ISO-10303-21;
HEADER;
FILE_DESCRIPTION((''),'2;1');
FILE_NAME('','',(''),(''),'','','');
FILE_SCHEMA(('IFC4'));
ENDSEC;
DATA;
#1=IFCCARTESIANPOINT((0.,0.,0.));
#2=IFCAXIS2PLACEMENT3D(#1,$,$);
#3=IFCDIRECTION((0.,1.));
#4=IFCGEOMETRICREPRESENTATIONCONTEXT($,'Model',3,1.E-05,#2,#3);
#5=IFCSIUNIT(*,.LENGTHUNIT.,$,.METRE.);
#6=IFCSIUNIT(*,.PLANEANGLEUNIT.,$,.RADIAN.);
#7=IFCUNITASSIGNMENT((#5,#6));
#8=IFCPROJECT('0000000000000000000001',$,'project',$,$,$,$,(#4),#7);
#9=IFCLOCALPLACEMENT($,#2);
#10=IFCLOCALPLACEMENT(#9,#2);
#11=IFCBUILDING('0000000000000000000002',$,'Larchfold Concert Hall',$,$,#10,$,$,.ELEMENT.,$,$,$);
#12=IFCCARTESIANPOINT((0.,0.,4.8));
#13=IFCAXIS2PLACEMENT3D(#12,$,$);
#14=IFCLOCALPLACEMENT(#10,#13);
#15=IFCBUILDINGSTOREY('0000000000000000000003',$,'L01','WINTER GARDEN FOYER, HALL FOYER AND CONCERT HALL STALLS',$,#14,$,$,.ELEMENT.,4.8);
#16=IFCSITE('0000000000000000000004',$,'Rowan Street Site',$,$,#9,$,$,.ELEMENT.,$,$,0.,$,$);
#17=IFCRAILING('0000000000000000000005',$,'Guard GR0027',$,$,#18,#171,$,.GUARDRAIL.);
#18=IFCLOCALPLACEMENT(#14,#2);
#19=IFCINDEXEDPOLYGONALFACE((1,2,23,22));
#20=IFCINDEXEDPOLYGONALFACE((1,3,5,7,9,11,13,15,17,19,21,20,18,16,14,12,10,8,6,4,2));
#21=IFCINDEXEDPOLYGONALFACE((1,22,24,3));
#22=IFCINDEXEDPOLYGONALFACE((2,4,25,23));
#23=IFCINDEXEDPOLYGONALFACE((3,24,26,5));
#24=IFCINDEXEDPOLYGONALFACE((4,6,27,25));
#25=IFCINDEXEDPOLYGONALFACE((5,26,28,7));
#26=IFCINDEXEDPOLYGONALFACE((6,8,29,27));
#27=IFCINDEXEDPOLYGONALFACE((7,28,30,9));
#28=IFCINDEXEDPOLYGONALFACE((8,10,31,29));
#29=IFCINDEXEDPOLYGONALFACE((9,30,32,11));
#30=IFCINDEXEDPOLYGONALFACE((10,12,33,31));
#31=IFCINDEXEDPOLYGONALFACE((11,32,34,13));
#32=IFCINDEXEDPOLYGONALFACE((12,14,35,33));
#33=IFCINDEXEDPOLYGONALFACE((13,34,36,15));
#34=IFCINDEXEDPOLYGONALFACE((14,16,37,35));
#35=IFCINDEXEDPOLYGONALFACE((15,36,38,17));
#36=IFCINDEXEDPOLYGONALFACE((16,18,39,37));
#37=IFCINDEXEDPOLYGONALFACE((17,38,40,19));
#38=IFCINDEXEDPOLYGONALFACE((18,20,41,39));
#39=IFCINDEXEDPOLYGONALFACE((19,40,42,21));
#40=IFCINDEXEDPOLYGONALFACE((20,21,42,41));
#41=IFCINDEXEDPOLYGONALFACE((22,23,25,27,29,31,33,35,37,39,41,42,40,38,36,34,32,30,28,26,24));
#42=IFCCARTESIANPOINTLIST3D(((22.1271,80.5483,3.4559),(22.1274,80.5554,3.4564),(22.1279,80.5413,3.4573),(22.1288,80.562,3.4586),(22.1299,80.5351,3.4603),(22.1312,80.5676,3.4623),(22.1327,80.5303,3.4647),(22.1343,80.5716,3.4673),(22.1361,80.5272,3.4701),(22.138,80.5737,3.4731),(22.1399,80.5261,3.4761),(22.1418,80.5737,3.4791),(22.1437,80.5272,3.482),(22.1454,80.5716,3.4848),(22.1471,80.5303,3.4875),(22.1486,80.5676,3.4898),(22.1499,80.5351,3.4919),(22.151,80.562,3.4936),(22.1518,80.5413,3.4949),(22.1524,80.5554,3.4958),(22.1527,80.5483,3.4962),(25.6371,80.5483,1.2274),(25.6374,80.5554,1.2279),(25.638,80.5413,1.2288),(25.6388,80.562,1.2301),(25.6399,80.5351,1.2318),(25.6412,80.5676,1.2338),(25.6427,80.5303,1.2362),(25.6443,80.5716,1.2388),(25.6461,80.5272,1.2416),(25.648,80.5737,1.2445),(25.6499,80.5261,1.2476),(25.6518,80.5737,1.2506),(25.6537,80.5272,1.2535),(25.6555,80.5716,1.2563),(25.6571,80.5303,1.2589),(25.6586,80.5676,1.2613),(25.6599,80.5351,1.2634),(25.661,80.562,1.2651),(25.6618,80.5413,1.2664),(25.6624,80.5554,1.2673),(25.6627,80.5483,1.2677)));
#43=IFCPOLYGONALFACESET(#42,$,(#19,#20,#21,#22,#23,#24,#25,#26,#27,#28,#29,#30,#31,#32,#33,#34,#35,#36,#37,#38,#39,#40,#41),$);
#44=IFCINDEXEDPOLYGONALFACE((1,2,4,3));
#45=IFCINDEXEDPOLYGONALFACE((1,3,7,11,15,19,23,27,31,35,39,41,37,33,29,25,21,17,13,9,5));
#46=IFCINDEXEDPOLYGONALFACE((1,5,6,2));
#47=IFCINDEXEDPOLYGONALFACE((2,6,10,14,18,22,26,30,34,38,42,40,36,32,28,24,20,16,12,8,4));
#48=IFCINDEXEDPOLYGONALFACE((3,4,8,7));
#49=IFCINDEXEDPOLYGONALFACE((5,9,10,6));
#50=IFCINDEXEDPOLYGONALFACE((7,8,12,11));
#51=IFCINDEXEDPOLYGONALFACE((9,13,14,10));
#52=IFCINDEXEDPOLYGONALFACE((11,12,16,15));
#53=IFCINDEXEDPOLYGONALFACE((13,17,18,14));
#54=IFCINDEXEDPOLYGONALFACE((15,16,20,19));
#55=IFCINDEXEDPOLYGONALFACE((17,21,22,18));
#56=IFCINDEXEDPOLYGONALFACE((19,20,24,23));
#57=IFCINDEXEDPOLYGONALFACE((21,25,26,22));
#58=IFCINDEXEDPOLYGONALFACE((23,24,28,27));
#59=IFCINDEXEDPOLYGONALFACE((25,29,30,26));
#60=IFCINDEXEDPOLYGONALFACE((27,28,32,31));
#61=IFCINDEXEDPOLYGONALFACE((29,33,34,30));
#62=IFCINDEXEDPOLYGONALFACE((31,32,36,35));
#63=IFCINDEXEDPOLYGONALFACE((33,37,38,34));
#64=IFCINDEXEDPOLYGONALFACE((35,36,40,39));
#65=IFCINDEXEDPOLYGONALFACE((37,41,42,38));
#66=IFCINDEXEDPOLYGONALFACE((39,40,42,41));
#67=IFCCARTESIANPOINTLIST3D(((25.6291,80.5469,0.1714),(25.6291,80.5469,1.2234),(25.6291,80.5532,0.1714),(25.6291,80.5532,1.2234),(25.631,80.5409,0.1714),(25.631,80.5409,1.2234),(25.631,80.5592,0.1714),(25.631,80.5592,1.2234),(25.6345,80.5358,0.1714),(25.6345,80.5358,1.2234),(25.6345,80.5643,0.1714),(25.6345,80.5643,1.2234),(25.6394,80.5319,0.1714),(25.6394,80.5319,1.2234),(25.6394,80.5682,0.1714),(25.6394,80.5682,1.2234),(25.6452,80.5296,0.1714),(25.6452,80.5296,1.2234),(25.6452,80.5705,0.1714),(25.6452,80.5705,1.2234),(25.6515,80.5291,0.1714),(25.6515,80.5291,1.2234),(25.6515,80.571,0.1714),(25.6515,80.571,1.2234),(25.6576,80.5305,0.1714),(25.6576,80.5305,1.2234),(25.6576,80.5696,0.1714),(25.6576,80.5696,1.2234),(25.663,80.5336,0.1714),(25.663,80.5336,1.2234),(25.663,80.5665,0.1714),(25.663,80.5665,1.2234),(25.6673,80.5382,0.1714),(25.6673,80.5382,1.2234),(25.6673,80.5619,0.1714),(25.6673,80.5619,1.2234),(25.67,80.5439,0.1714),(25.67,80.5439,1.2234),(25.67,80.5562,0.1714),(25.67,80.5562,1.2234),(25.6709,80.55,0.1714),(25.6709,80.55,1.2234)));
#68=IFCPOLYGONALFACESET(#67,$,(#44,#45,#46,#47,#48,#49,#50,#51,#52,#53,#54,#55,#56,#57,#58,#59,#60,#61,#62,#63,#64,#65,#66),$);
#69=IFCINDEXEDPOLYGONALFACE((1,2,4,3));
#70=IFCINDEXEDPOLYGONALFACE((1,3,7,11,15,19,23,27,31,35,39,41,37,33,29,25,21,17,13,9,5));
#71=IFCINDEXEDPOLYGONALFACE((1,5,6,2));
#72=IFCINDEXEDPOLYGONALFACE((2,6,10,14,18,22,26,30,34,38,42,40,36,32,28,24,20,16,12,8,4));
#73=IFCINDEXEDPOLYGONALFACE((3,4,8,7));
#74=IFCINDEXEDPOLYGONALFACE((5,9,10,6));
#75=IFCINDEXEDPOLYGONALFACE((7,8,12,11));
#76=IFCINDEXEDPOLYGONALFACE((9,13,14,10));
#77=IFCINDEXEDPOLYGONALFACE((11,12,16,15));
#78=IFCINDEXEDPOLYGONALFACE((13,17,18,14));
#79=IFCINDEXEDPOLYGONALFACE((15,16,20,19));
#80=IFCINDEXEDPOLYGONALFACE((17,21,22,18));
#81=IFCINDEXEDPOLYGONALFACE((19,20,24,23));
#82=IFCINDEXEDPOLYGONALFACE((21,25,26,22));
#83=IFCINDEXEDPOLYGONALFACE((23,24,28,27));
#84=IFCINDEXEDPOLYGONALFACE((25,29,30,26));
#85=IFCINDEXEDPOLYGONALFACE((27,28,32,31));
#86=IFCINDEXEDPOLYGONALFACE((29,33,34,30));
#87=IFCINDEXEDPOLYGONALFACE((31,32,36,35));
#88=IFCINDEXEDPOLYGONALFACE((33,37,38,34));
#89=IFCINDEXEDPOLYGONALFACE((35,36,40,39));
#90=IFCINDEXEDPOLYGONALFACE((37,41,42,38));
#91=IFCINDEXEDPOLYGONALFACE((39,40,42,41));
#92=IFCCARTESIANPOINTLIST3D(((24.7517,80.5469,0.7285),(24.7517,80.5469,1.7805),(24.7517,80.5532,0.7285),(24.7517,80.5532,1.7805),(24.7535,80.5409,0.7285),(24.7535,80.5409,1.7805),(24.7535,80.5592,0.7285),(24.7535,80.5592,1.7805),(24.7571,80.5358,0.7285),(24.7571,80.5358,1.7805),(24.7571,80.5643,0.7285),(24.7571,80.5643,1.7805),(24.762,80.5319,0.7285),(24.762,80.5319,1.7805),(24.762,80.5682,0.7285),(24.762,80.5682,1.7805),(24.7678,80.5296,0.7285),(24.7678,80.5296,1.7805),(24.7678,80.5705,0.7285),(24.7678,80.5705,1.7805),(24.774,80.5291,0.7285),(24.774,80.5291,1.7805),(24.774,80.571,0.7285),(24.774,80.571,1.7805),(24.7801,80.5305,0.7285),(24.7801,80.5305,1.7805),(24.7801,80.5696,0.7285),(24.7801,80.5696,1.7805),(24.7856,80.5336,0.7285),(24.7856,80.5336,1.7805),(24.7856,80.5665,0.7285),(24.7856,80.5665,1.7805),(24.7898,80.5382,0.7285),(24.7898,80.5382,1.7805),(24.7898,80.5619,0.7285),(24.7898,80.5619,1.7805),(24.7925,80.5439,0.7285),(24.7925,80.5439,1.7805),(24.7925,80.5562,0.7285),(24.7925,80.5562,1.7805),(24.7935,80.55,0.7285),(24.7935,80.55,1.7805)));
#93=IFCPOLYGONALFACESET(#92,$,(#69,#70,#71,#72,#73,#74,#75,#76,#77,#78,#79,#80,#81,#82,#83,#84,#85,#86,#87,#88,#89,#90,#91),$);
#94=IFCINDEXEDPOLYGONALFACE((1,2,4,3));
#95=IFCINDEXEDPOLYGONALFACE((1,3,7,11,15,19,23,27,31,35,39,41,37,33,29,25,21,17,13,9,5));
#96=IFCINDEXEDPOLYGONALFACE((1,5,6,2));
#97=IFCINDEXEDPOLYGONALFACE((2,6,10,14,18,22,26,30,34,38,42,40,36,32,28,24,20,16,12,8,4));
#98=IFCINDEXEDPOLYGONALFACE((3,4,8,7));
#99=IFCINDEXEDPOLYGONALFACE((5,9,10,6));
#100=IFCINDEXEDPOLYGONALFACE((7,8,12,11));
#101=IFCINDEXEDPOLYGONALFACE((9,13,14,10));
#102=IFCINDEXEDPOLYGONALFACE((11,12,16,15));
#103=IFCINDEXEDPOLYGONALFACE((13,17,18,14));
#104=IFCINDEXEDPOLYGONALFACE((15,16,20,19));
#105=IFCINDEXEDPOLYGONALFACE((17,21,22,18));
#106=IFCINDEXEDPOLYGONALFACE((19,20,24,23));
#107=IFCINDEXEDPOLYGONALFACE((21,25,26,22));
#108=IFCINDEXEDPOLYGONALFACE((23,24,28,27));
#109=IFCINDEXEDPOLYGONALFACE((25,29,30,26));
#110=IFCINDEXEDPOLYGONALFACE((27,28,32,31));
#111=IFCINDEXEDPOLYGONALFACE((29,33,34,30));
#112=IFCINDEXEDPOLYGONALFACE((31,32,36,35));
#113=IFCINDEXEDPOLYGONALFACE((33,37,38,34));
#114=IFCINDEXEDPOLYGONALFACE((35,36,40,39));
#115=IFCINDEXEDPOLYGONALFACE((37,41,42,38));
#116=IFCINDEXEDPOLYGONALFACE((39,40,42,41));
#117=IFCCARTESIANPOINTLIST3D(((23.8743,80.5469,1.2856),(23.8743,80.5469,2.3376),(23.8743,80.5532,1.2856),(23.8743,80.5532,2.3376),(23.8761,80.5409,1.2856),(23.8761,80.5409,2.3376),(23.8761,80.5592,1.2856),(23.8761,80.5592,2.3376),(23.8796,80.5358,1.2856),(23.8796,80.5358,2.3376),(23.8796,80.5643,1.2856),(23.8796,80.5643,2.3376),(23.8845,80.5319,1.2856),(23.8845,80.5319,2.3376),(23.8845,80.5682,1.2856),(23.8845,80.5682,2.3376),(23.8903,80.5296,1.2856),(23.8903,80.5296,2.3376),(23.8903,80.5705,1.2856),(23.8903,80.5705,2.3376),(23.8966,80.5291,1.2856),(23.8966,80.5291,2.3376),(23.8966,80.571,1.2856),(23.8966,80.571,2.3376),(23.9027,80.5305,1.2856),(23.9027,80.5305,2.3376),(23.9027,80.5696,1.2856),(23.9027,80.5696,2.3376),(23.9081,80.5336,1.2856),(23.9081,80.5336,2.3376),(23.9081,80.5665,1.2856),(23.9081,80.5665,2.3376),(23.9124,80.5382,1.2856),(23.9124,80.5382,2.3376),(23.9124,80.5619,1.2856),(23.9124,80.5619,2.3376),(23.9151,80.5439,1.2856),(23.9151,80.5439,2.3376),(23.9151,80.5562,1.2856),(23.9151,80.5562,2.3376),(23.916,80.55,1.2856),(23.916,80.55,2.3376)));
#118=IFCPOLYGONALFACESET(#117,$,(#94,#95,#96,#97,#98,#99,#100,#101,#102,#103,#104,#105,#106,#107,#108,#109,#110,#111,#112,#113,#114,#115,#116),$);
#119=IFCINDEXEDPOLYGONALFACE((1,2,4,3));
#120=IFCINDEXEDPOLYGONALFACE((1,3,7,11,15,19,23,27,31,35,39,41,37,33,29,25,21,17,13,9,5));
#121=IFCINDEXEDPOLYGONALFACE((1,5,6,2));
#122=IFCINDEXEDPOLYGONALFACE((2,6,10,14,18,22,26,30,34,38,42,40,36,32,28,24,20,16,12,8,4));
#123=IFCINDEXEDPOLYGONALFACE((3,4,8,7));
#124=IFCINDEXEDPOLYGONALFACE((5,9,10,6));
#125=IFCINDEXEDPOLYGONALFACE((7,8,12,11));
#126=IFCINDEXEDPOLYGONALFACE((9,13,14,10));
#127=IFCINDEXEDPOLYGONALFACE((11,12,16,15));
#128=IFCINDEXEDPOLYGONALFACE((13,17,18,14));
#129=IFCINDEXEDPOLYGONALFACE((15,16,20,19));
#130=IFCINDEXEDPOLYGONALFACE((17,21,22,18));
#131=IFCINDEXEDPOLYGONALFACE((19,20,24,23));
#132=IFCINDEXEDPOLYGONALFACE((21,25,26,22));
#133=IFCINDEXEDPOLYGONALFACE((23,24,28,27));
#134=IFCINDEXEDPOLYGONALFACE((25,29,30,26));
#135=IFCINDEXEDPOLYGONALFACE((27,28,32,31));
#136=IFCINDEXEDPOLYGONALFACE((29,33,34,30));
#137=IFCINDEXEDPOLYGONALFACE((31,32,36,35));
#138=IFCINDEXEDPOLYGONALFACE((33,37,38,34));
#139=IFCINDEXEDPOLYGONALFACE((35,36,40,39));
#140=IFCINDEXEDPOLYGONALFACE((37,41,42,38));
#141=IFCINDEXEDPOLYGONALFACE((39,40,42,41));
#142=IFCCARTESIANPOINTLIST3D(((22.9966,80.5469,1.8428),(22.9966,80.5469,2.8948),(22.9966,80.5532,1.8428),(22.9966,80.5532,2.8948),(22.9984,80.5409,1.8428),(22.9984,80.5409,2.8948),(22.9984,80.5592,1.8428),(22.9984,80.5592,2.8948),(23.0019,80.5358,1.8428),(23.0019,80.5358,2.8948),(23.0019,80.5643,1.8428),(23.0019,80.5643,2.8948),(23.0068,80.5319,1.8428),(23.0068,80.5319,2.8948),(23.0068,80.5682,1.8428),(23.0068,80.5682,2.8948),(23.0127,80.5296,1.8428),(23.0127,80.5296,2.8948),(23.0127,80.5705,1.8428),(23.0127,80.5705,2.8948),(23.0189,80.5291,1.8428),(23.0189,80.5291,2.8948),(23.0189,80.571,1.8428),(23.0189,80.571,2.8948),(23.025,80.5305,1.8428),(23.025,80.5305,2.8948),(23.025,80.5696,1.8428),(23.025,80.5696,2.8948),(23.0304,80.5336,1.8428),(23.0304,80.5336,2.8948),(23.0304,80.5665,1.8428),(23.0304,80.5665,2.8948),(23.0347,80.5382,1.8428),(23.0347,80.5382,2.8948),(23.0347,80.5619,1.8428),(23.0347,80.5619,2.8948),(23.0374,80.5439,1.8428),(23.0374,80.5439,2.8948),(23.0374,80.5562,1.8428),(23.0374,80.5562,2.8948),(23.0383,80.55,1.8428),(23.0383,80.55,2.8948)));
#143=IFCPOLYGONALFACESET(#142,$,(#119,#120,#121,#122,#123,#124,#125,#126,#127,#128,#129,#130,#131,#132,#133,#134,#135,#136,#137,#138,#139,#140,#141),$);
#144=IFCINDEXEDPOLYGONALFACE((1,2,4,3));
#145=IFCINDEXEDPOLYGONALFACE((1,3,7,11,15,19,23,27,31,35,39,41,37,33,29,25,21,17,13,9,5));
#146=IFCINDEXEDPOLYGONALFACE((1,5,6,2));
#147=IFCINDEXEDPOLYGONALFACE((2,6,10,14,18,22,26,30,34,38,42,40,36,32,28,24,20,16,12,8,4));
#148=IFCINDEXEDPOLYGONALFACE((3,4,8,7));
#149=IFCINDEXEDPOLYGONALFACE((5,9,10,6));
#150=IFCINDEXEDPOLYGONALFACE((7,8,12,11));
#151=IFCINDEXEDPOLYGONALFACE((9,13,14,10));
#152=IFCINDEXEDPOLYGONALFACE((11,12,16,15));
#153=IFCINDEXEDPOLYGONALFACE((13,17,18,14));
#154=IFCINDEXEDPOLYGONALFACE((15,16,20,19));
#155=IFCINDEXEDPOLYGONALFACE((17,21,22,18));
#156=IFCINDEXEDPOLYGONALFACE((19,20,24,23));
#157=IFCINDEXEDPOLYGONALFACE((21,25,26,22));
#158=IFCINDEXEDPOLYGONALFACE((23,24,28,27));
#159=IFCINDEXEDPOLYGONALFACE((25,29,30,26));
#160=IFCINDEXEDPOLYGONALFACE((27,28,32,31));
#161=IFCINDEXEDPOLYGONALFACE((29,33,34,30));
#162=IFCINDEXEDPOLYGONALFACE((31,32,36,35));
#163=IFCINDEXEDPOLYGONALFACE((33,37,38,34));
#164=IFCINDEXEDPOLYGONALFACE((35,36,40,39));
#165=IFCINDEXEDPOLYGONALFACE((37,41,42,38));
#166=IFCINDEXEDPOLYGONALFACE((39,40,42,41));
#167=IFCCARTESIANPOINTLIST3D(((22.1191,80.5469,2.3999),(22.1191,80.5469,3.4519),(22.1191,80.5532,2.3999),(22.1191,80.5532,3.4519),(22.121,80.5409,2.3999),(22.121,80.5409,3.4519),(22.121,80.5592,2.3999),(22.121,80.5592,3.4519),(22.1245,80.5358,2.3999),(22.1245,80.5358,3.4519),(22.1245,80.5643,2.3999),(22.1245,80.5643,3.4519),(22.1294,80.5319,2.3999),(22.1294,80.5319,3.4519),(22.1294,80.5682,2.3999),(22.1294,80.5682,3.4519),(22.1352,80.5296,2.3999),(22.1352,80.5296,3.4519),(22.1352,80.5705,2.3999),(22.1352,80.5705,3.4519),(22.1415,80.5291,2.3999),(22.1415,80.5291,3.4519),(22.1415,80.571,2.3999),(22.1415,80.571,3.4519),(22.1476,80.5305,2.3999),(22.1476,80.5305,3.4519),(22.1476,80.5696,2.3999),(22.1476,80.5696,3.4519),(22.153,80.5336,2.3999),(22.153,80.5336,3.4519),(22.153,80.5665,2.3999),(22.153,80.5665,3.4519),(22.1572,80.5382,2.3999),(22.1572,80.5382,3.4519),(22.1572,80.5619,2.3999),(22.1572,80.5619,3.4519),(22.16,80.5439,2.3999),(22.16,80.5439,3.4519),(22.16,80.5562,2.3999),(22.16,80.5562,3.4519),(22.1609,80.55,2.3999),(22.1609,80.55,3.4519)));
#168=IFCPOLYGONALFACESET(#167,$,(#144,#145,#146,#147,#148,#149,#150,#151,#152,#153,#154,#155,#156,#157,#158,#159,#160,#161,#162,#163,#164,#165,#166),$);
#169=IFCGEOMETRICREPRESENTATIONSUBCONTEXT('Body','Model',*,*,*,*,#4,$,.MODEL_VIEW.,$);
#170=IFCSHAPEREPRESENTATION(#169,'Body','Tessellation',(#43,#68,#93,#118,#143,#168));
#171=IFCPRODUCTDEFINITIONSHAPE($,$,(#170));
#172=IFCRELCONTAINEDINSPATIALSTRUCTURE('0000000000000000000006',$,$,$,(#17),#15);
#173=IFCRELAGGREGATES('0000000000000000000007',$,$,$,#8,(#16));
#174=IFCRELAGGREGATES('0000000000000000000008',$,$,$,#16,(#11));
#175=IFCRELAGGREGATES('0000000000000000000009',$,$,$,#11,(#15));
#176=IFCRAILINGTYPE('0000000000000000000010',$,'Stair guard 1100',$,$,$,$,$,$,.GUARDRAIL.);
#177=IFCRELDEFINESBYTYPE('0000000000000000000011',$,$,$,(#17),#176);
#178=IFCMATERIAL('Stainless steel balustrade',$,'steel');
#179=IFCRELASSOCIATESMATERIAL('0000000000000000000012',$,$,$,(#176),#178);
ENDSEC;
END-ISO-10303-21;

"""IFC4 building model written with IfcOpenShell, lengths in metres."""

from ifc_helpers import new_model, si_unit, direction, frame, origin, origin_2d, place, context, subcontext, project, spatial, circle, extrude, material, type_object, element, save


model = new_model("IFC4")

# Units and contexts
model_context = context("Model", 3, precision=1e-05, world=origin(), true_north=direction((0.0, 1.0)))
body_context = subcontext(model_context, "Body", "Model", "MODEL_VIEW")
ifc_project = project(units=[si_unit("LENGTHUNIT", "METRE"), si_unit("PLANEANGLEUNIT", "RADIAN")], contexts=[model_context])

# Site, building, storey
site_placement = place(None, origin())
site = spatial("IfcSite", under=ifc_project, at=site_placement, Name="Rowan Street Site", CompositionType="ELEMENT", RefElevation=0.0)
building_placement = place(site_placement, origin())
building = spatial("IfcBuilding", under=site, at=building_placement, Name="Larchfold Concert Hall", CompositionType="ELEMENT")
storey_placement = place(building_placement, frame((0.0, 0.0, 4.8)))
storey = spatial("IfcBuildingStorey", under=building, at=storey_placement, Name="L01", Description="WINTER GARDEN FOYER, HALL FOYER AND CONCERT HALL STALLS", CompositionType="ELEMENT", Elevation=4.8)

# Railing
ifc_material_1 = material(Name="Stainless steel balustrade", Category="steel")
railing_type_1 = type_object("IfcRailingType", Name="Stair guard 1100", PredefinedType="GUARDRAIL", material=ifc_material_1)
railing_1_placement = place(storey_placement, frame((25.6499, 80.55, 0.1714)))
element("IfcRailing", 1, at=railing_1_placement, inside=storey, type_object=railing_type_1, Name="Guard GR0027", PredefinedType="GUARDRAIL", context=body_context, shape_type="SweptSolid", body=[
    extrude(circle(Radius=0.0239, at=origin_2d()), frame((0.0, 0.0, 1.0762), z_axis=(-0.84422, 0.0, 0.535998), x_axis=(0.0, -1.0, 0.0)), (0.0, 0.0, 1.0), 4.1577),
    extrude(circle(Radius=0.021, at=origin_2d()), origin(), (0.0, 0.0, 1.0), 1.052),
    extrude(circle(Radius=0.021, at=origin_2d()), frame((-0.8774, 0.0, 0.5571)), (0.0, 0.0, 1.0), 1.052),
    extrude(circle(Radius=0.021, at=origin_2d()), frame((-1.7549, 0.0, 1.1143)), (0.0, 0.0, 1.0), 1.052),
    extrude(circle(Radius=0.021, at=origin_2d()), frame((-2.6326, 0.0, 1.6714)), (0.0, 0.0, 1.0), 1.052),
    extrude(circle(Radius=0.021, at=origin_2d()), frame((-3.51, 0.0, 2.2285)), (0.0, 0.0, 1.0), 1.052),
])

save(model, "model.ifc")
